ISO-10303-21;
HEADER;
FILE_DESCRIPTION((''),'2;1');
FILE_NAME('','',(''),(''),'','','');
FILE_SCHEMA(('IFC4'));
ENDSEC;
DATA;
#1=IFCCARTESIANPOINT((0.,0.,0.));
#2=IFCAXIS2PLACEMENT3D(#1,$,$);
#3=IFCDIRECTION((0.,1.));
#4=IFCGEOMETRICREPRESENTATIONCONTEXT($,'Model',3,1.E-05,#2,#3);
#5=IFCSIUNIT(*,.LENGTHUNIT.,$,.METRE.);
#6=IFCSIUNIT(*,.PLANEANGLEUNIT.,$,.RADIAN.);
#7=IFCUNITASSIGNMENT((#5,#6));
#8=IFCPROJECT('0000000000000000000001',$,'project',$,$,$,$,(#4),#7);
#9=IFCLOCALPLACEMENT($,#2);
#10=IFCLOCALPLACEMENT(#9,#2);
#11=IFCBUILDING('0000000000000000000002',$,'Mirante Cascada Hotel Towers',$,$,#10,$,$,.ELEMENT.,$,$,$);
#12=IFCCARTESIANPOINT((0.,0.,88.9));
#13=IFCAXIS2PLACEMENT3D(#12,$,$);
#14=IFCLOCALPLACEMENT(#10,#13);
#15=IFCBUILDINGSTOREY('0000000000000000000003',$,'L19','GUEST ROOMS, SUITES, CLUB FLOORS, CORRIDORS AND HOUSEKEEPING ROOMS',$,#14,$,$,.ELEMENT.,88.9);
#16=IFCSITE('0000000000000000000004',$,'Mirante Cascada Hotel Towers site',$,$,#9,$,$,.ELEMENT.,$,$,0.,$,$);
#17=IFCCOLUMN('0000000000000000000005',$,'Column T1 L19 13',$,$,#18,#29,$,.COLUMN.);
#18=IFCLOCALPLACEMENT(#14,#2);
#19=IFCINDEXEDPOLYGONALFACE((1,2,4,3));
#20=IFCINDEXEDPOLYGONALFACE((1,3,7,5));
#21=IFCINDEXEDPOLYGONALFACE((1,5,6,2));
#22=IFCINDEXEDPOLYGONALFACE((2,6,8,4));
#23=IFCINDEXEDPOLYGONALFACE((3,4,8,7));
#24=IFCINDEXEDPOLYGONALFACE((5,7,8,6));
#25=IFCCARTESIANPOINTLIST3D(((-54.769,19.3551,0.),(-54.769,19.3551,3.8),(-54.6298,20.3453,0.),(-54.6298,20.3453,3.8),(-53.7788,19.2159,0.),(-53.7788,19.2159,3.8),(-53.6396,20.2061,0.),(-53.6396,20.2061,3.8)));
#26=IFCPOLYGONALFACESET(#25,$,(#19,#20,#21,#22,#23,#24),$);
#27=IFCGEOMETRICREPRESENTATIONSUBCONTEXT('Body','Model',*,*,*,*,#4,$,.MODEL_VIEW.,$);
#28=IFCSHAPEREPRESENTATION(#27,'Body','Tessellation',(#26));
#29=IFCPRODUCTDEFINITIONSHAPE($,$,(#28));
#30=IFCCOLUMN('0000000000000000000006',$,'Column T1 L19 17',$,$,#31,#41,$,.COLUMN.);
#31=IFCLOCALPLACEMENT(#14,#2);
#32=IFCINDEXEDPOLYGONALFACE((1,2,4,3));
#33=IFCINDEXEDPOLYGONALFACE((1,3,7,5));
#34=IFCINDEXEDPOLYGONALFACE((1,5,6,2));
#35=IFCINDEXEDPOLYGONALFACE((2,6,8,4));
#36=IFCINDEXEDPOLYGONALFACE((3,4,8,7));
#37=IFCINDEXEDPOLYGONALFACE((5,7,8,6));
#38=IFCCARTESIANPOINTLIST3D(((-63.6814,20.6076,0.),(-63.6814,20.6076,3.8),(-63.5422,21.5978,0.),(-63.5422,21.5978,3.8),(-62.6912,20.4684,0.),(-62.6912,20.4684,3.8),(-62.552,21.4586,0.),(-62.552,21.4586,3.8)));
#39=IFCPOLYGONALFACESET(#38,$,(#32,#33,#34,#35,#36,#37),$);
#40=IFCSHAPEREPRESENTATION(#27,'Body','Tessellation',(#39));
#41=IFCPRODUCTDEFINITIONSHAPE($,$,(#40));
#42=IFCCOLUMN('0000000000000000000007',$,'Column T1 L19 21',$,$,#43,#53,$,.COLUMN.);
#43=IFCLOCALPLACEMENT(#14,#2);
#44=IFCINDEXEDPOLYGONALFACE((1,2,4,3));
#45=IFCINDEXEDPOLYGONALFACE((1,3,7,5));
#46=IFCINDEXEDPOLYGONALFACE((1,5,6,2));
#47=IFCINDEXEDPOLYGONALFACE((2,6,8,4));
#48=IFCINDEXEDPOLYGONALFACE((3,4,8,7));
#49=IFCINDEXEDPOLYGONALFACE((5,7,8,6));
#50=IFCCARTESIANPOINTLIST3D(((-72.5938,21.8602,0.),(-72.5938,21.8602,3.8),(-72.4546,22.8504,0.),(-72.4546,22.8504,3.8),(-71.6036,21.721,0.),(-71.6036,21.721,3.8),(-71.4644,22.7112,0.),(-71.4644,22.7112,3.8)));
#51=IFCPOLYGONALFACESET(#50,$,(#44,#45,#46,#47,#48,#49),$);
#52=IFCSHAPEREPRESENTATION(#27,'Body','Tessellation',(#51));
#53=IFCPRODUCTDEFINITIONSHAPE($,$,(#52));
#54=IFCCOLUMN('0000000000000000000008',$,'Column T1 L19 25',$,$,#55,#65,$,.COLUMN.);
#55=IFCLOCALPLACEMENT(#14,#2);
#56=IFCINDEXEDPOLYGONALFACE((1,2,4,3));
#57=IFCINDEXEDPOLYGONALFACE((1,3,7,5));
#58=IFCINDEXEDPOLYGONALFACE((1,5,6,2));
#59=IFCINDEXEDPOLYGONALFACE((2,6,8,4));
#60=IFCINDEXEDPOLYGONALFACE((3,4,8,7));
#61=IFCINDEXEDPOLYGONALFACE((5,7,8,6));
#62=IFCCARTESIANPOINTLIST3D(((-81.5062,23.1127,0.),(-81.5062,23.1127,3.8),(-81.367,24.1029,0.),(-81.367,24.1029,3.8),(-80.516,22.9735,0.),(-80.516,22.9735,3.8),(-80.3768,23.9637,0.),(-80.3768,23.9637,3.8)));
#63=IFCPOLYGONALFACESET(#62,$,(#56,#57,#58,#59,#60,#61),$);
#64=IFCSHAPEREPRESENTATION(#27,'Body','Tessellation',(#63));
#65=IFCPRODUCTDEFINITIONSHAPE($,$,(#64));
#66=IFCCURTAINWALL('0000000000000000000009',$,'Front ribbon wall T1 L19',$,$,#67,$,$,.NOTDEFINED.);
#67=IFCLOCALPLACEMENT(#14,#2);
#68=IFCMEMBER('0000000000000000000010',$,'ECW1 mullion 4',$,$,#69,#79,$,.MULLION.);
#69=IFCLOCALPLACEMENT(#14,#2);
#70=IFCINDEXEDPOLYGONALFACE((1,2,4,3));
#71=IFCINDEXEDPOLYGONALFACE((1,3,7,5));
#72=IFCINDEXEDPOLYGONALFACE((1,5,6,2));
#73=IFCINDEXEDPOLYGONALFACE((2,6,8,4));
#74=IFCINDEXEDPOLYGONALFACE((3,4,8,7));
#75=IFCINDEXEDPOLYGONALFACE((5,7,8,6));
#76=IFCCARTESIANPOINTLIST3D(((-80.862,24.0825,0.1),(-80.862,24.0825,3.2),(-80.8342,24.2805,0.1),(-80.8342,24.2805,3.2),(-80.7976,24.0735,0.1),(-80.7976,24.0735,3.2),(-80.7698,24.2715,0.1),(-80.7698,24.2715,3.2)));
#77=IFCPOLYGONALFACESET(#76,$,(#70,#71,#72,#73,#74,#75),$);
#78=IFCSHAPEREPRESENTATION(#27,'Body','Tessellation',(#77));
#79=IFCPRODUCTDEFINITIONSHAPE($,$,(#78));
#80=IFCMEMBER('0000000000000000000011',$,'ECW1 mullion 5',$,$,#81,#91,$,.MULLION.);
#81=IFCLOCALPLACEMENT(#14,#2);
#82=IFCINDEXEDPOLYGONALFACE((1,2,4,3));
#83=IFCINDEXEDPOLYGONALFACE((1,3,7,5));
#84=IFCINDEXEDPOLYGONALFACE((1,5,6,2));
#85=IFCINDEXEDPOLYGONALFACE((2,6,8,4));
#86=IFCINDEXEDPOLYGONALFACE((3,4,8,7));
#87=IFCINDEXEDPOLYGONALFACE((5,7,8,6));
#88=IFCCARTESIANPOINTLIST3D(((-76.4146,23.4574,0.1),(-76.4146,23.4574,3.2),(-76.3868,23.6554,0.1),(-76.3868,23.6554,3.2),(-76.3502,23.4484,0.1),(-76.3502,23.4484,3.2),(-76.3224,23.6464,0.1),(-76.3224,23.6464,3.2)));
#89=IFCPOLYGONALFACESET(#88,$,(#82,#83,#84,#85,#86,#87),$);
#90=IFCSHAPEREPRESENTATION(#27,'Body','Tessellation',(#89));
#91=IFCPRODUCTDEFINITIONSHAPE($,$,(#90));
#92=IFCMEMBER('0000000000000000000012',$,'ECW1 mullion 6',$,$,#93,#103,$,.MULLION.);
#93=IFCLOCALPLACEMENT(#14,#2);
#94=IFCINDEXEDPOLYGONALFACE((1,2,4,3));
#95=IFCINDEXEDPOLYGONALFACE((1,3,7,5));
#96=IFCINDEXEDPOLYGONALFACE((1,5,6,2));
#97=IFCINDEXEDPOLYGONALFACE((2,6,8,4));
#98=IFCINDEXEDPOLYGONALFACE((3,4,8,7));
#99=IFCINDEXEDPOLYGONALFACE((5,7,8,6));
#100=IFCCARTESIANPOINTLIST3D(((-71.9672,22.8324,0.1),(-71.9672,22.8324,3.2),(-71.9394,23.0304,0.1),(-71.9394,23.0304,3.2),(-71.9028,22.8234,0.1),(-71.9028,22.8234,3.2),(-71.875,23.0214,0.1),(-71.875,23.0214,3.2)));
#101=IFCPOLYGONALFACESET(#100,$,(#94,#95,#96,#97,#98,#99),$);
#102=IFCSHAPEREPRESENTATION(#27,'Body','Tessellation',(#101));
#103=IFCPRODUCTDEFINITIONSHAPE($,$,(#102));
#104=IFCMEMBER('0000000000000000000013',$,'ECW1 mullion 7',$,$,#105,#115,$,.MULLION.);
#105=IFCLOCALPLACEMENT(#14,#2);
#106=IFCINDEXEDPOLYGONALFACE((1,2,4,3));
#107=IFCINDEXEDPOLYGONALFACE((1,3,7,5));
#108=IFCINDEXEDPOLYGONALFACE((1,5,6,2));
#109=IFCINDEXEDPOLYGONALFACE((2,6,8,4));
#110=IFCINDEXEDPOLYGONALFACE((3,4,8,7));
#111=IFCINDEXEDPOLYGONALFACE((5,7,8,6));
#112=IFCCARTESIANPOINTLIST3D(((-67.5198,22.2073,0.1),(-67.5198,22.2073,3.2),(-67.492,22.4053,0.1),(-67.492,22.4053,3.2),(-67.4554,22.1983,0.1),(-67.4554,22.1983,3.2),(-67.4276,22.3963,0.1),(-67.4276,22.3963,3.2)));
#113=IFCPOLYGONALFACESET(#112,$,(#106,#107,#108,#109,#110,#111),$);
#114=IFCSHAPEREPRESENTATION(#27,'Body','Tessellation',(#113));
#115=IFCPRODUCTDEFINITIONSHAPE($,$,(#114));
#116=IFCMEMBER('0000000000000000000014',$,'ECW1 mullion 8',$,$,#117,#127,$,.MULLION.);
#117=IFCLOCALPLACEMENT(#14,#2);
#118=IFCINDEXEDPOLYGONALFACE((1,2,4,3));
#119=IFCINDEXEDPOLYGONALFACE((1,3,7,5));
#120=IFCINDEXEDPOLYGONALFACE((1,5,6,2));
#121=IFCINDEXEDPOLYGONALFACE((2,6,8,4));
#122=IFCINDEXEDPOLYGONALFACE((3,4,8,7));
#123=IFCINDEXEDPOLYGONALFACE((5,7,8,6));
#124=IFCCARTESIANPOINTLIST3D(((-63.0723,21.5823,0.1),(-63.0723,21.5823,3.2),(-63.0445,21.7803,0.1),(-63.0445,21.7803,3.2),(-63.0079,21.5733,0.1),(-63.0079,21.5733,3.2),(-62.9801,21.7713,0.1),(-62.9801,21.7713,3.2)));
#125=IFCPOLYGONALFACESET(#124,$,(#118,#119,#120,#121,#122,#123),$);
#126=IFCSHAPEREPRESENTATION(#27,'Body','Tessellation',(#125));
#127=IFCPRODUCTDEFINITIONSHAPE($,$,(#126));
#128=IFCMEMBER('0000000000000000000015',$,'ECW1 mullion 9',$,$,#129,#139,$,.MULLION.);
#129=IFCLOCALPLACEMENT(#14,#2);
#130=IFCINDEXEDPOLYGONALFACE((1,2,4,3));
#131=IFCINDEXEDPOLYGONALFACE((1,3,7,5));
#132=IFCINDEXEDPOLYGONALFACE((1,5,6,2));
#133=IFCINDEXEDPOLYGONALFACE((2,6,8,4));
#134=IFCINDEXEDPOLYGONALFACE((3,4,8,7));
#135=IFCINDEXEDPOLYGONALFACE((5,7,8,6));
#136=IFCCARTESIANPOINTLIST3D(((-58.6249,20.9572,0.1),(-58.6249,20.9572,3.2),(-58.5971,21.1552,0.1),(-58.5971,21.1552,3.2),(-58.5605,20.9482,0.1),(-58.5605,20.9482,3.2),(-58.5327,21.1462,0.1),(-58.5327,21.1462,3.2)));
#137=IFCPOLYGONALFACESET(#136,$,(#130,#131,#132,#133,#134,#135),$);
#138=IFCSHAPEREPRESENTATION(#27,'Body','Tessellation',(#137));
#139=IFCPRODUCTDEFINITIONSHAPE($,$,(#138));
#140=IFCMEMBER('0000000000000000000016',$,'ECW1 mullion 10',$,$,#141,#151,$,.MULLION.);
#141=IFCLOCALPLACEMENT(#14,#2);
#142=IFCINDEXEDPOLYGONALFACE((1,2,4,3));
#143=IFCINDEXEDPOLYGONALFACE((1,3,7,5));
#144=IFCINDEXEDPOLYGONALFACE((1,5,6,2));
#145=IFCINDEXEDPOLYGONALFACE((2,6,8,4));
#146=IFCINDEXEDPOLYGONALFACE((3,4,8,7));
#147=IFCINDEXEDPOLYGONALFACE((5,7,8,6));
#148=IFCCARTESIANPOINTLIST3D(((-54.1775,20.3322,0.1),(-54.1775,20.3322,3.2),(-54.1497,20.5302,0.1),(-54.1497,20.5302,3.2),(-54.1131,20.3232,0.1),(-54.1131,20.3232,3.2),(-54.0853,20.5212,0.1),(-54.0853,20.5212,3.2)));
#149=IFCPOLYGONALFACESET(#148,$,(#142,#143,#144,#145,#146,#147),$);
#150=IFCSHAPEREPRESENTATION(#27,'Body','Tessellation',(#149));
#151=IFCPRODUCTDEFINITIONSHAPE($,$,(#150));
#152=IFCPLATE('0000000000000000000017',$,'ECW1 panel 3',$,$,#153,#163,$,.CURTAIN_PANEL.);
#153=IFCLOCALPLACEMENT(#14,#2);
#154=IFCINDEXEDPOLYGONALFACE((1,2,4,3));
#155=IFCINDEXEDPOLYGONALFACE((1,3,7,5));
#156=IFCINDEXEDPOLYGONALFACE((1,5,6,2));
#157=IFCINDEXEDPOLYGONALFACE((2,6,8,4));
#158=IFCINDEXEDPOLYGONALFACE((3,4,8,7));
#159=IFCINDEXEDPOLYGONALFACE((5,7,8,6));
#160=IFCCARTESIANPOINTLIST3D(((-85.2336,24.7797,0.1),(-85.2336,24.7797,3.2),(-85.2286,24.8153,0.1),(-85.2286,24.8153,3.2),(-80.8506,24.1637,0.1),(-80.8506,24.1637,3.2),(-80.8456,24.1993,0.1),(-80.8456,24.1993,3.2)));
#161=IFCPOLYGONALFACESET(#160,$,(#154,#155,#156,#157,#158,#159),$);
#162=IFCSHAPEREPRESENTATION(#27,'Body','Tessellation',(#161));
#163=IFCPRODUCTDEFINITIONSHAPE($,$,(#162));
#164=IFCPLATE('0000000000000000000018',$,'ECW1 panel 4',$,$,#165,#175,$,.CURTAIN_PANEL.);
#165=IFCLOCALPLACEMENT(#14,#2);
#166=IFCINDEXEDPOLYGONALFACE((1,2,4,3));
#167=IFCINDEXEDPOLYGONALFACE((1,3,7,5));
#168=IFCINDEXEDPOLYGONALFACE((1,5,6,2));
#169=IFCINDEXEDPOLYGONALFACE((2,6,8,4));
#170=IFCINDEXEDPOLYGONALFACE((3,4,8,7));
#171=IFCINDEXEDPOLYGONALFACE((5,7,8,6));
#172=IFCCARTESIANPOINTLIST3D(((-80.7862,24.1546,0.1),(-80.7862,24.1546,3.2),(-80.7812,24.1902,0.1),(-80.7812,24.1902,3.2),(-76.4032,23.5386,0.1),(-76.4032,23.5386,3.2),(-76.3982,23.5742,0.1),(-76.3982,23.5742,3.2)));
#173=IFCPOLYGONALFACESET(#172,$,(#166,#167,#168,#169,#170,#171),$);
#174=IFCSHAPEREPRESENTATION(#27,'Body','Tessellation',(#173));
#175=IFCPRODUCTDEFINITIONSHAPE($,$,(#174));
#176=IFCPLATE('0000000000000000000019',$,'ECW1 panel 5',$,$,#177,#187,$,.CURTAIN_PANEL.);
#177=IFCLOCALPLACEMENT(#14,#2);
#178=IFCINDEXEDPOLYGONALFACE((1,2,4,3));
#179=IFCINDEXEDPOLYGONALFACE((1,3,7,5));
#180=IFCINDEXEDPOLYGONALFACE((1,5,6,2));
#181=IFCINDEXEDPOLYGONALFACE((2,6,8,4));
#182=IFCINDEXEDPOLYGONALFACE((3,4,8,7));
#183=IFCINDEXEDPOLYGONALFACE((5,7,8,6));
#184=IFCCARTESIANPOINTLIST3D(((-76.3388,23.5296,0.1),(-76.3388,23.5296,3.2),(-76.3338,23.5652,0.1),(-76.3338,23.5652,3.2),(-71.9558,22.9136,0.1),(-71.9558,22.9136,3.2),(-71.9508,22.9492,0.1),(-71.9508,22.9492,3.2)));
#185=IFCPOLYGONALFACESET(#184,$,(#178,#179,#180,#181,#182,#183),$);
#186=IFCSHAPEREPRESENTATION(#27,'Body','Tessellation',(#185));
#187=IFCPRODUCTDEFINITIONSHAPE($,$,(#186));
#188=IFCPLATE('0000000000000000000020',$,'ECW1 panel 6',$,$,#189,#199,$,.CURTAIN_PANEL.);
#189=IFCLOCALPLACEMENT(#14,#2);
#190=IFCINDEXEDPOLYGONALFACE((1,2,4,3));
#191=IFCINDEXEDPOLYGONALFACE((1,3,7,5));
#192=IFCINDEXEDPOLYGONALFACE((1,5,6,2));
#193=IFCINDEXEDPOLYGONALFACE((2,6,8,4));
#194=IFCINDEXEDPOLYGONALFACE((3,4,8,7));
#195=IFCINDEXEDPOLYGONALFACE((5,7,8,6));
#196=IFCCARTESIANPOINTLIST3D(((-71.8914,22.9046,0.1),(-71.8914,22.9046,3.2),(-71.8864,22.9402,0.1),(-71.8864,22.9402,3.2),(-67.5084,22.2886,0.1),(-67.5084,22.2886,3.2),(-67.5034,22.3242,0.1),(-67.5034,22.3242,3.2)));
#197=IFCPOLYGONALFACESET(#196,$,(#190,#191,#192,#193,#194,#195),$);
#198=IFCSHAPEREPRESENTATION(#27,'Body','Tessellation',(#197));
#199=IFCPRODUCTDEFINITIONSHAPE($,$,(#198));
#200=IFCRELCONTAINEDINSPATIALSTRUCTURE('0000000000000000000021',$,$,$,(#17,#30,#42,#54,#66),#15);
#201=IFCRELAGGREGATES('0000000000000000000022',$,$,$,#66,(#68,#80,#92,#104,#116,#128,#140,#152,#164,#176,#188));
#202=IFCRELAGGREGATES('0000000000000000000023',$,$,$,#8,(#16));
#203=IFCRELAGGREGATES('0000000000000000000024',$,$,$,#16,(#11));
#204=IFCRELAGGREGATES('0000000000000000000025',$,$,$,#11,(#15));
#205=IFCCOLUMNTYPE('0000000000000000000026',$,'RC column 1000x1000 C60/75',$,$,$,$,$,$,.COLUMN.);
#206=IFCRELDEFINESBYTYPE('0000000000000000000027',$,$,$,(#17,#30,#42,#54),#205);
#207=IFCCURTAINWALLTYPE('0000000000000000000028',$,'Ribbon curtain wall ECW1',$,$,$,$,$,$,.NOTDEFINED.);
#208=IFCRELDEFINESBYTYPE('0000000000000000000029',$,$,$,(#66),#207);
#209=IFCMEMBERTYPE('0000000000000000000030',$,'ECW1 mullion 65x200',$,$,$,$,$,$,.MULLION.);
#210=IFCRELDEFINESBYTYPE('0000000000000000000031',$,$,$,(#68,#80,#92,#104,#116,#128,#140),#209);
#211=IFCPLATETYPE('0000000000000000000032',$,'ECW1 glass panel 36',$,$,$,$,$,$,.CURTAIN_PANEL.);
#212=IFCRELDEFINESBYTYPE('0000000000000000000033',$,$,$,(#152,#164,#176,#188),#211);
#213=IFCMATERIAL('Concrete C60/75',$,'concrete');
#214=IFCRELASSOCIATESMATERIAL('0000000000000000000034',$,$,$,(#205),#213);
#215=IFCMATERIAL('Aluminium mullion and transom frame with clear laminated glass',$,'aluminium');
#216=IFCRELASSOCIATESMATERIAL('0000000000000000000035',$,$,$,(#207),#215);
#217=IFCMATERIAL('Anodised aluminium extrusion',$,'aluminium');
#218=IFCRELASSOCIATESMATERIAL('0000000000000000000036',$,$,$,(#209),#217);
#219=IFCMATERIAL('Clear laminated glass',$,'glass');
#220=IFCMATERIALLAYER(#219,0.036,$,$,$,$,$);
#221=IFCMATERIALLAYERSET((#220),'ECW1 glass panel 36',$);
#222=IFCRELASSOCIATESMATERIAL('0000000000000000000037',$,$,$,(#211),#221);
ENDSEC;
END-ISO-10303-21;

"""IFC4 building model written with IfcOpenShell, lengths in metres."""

from ifc_helpers import new_model, si_unit, direction, frame, origin, origin_2d, place, context, subcontext, project, spatial, rectangle, extrude, material, layer, layer_set, material_profile, profile_set, type_object, element, aggregate, save


model = new_model("IFC4")

# Units and contexts
model_context = context("Model", 3, precision=1e-05, world=origin(), true_north=direction((0.0, 1.0)))
body_context = subcontext(model_context, "Body", "Model", "MODEL_VIEW")
ifc_project = project(units=[si_unit("LENGTHUNIT", "METRE"), si_unit("PLANEANGLEUNIT", "RADIAN")], contexts=[model_context])

# Site, building, storey
site_placement = place(None, origin())
site = spatial("IfcSite", under=ifc_project, at=site_placement, Name="Mirante Cascada Hotel Towers site", CompositionType="ELEMENT", RefElevation=0.0)
building_placement = place(site_placement, origin())
building = spatial("IfcBuilding", under=site, at=building_placement, Name="Mirante Cascada Hotel Towers", CompositionType="ELEMENT")
storey_placement = place(building_placement, frame((0.0, 0.0, 88.9)))
storey = spatial("IfcBuildingStorey", under=building, at=storey_placement, Name="L19", Description="GUEST ROOMS, SUITES, CLUB FLOORS, CORRIDORS AND HOUSEKEEPING ROOMS", CompositionType="ELEMENT", Elevation=88.9)

# Columns
ifc_material_1 = material(Name="Concrete C60/75", Category="concrete")
ifc_material_profile_1 = material_profile(ifc_material_1, rectangle(XDim=1.0, YDim=1.0, at=origin_2d()), Name="RC column 1000x1000 C60/75")
ifc_profile_set_1 = profile_set([ifc_material_profile_1], Name="Concrete C60/75")
column_type = type_object("IfcColumnType", Name="RC column 1000x1000 C60/75", PredefinedType="COLUMN", material=ifc_profile_set_1)
for number, where, z_axis, x_axis, name in (
    (1, (-54.2043, 19.7806, 0.0), (0.0, 0.0, 1.0), (-0.990268, 0.139173, 0.0), "Column T1 L19 13"),
    (2, (-63.1167, 21.0331, 0.0), (0.0, 0.0, 1.0), (-0.990268, 0.139173, 0.0), "Column T1 L19 17"),
    (3, (-72.0291, 22.2857, 0.0), (0.0, 0.0, 1.0), (-0.990268, 0.139173, 0.0), "Column T1 L19 21"),
    (4, (-80.9415, 23.5382, 0.0), (0.0, 0.0, 1.0), (-0.990268, 0.139173, 0.0), "Column T1 L19 25"),
):
    element("IfcColumn", number, at=place(storey_placement, frame(where, z_axis=z_axis, x_axis=x_axis)), inside=storey, type_object=column_type, Name=name, PredefinedType="COLUMN", context=body_context, shape_type="SweptSolid", body=[
        extrude(rectangle(XDim=1.0, YDim=1.0, at=origin_2d()), origin(), (0.0, 0.0, 1.0), 3.8),
    ])

# Curtain wall, members, plates
ifc_material_2 = material(Name="Aluminium mullion and transom frame with clear laminated glass", Category="aluminium")
curtain_wall_type = type_object("IfcCurtainWallType", Name="Ribbon curtain wall ECW1", PredefinedType="NOTDEFINED", material=ifc_material_2)
curtain_wall_placement = place(storey_placement, origin())
curtain_wall = element("IfcCurtainWall", 5, at=curtain_wall_placement, inside=storey, type_object=curtain_wall_type, Name="Front ribbon wall T1 L19", PredefinedType="NOTDEFINED")
ifc_material_3 = material(Name="Anodised aluminium extrusion", Category="aluminium")
ifc_material_profile_2 = material_profile(ifc_material_3, rectangle(XDim=0.2, YDim=0.065, at=origin_2d()), Name="ECW1 MULLION 65x200")
ifc_profile_set_2 = profile_set([ifc_material_profile_2], Name="Anodised aluminium extrusion")
member_type = type_object("IfcMemberType", Name="ECW1 mullion 65x200", PredefinedType="MULLION", material=ifc_profile_set_2)
member_1_placement = place(storey_placement, frame((-80.8159, 24.177, 0.1), z_axis=(0.0, 0.0, 1.0), x_axis=(0.139173, 0.990268, 0.0)))
member_1 = element("IfcMember", 6, at=member_1_placement, type_object=member_type, Name="ECW1 mullion 4", PredefinedType="MULLION", context=body_context, shape_type="SweptSolid", body=[
    extrude(rectangle(XDim=0.2, YDim=0.065, at=origin_2d()), origin(), (0.0, 0.0, 1.0), 3.1),
])
member_2_placement = place(storey_placement, frame((-76.3685, 23.5519, 0.1), z_axis=(0.0, 0.0, 1.0), x_axis=(0.139173, 0.990268, 0.0)))
member_2 = element("IfcMember", 7, at=member_2_placement, type_object=member_type, Name="ECW1 mullion 5", PredefinedType="MULLION", context=body_context, shape_type="SweptSolid", body=[
    extrude(rectangle(XDim=0.2, YDim=0.065, at=origin_2d()), origin(), (0.0, 0.0, 1.0), 3.1),
])
member_3_placement = place(storey_placement, frame((-71.9211, 22.9269, 0.1), z_axis=(0.0, 0.0, 1.0), x_axis=(0.139173, 0.990268, 0.0)))
member_3 = element("IfcMember", 8, at=member_3_placement, type_object=member_type, Name="ECW1 mullion 6", PredefinedType="MULLION", context=body_context, shape_type="SweptSolid", body=[
    extrude(rectangle(XDim=0.2, YDim=0.065, at=origin_2d()), origin(), (0.0, 0.0, 1.0), 3.1),
])
member_4_placement = place(storey_placement, frame((-67.4737, 22.3018, 0.1), z_axis=(0.0, 0.0, 1.0), x_axis=(0.139173, 0.990268, 0.0)))
member_4 = element("IfcMember", 9, at=member_4_placement, type_object=member_type, Name="ECW1 mullion 7", PredefinedType="MULLION", context=body_context, shape_type="SweptSolid", body=[
    extrude(rectangle(XDim=0.2, YDim=0.065, at=origin_2d()), origin(), (0.0, 0.0, 1.0), 3.1),
])
member_5_placement = place(storey_placement, frame((-63.0262, 21.6768, 0.1), z_axis=(0.0, 0.0, 1.0), x_axis=(0.139173, 0.990268, 0.0)))
member_5 = element("IfcMember", 10, at=member_5_placement, type_object=member_type, Name="ECW1 mullion 8", PredefinedType="MULLION", context=body_context, shape_type="SweptSolid", body=[
    extrude(rectangle(XDim=0.2, YDim=0.065, at=origin_2d()), origin(), (0.0, 0.0, 1.0), 3.1),
])
member_6_placement = place(storey_placement, frame((-58.5788, 21.0517, 0.1), z_axis=(0.0, 0.0, 1.0), x_axis=(0.139173, 0.990268, 0.0)))
member_6 = element("IfcMember", 11, at=member_6_placement, type_object=member_type, Name="ECW1 mullion 9", PredefinedType="MULLION", context=body_context, shape_type="SweptSolid", body=[
    extrude(rectangle(XDim=0.2, YDim=0.065, at=origin_2d()), origin(), (0.0, 0.0, 1.0), 3.1),
])
member_7_placement = place(storey_placement, frame((-54.1314, 20.4267, 0.1), z_axis=(0.0, 0.0, 1.0), x_axis=(0.139173, 0.990268, 0.0)))
member_7 = element("IfcMember", 12, at=member_7_placement, type_object=member_type, Name="ECW1 mullion 10", PredefinedType="MULLION", context=body_context, shape_type="SweptSolid", body=[
    extrude(rectangle(XDim=0.2, YDim=0.065, at=origin_2d()), origin(), (0.0, 0.0, 1.0), 3.1),
])
ifc_material_4 = material(Name="Clear laminated glass", Category="glass")
ifc_layer_1 = layer(ifc_material_4, 0.036)
ifc_layer_set_1 = layer_set([ifc_layer_1], Name="ECW1 glass panel 36")
plate_type = type_object("IfcPlateType", Name="ECW1 glass panel 36", PredefinedType="CURTAIN_PANEL", material=ifc_layer_set_1)
plate_1_placement = place(storey_placement, frame((-83.0396, 24.4895, 0.1), z_axis=(0.0, 0.0, 1.0), x_axis=(0.990268, -0.139173, 0.0)))
plate_1 = element("IfcPlate", 13, at=plate_1_placement, type_object=plate_type, Name="ECW1 panel 3", PredefinedType="CURTAIN_PANEL", context=body_context, shape_type="SweptSolid", body=[
    extrude(rectangle(XDim=4.4261, YDim=0.036, at=origin_2d()), origin(), (0.0, 0.0, 1.0), 3.1),
])
plate_2_placement = place(storey_placement, frame((-78.5922, 23.8644, 0.1), z_axis=(0.0, 0.0, 1.0), x_axis=(0.990268, -0.139173, 0.0)))
plate_2 = element("IfcPlate", 14, at=plate_2_placement, type_object=plate_type, Name="ECW1 panel 4", PredefinedType="CURTAIN_PANEL", context=body_context, shape_type="SweptSolid", body=[
    extrude(rectangle(XDim=4.4261, YDim=0.036, at=origin_2d()), origin(), (0.0, 0.0, 1.0), 3.1),
])
plate_3_placement = place(storey_placement, frame((-74.1448, 23.2394, 0.1), z_axis=(0.0, 0.0, 1.0), x_axis=(0.990268, -0.139173, 0.0)))
plate_3 = element("IfcPlate", 15, at=plate_3_placement, type_object=plate_type, Name="ECW1 panel 5", PredefinedType="CURTAIN_PANEL", context=body_context, shape_type="SweptSolid", body=[
    extrude(rectangle(XDim=4.4261, YDim=0.036, at=origin_2d()), origin(), (0.0, 0.0, 1.0), 3.1),
])
plate_4_placement = place(storey_placement, frame((-69.6974, 22.6144, 0.1), z_axis=(0.0, 0.0, 1.0), x_axis=(0.990268, -0.139173, 0.0)))
plate_4 = element("IfcPlate", 16, at=plate_4_placement, type_object=plate_type, Name="ECW1 panel 6", PredefinedType="CURTAIN_PANEL", context=body_context, shape_type="SweptSolid", body=[
    extrude(rectangle(XDim=4.4261, YDim=0.036, at=origin_2d()), origin(), (0.0, 0.0, 1.0), 3.1),
])
aggregate(curtain_wall, [member_1, member_2, member_3, member_4, member_5, member_6, member_7, plate_1, plate_2, plate_3, plate_4])

save(model, "model.ifc")
